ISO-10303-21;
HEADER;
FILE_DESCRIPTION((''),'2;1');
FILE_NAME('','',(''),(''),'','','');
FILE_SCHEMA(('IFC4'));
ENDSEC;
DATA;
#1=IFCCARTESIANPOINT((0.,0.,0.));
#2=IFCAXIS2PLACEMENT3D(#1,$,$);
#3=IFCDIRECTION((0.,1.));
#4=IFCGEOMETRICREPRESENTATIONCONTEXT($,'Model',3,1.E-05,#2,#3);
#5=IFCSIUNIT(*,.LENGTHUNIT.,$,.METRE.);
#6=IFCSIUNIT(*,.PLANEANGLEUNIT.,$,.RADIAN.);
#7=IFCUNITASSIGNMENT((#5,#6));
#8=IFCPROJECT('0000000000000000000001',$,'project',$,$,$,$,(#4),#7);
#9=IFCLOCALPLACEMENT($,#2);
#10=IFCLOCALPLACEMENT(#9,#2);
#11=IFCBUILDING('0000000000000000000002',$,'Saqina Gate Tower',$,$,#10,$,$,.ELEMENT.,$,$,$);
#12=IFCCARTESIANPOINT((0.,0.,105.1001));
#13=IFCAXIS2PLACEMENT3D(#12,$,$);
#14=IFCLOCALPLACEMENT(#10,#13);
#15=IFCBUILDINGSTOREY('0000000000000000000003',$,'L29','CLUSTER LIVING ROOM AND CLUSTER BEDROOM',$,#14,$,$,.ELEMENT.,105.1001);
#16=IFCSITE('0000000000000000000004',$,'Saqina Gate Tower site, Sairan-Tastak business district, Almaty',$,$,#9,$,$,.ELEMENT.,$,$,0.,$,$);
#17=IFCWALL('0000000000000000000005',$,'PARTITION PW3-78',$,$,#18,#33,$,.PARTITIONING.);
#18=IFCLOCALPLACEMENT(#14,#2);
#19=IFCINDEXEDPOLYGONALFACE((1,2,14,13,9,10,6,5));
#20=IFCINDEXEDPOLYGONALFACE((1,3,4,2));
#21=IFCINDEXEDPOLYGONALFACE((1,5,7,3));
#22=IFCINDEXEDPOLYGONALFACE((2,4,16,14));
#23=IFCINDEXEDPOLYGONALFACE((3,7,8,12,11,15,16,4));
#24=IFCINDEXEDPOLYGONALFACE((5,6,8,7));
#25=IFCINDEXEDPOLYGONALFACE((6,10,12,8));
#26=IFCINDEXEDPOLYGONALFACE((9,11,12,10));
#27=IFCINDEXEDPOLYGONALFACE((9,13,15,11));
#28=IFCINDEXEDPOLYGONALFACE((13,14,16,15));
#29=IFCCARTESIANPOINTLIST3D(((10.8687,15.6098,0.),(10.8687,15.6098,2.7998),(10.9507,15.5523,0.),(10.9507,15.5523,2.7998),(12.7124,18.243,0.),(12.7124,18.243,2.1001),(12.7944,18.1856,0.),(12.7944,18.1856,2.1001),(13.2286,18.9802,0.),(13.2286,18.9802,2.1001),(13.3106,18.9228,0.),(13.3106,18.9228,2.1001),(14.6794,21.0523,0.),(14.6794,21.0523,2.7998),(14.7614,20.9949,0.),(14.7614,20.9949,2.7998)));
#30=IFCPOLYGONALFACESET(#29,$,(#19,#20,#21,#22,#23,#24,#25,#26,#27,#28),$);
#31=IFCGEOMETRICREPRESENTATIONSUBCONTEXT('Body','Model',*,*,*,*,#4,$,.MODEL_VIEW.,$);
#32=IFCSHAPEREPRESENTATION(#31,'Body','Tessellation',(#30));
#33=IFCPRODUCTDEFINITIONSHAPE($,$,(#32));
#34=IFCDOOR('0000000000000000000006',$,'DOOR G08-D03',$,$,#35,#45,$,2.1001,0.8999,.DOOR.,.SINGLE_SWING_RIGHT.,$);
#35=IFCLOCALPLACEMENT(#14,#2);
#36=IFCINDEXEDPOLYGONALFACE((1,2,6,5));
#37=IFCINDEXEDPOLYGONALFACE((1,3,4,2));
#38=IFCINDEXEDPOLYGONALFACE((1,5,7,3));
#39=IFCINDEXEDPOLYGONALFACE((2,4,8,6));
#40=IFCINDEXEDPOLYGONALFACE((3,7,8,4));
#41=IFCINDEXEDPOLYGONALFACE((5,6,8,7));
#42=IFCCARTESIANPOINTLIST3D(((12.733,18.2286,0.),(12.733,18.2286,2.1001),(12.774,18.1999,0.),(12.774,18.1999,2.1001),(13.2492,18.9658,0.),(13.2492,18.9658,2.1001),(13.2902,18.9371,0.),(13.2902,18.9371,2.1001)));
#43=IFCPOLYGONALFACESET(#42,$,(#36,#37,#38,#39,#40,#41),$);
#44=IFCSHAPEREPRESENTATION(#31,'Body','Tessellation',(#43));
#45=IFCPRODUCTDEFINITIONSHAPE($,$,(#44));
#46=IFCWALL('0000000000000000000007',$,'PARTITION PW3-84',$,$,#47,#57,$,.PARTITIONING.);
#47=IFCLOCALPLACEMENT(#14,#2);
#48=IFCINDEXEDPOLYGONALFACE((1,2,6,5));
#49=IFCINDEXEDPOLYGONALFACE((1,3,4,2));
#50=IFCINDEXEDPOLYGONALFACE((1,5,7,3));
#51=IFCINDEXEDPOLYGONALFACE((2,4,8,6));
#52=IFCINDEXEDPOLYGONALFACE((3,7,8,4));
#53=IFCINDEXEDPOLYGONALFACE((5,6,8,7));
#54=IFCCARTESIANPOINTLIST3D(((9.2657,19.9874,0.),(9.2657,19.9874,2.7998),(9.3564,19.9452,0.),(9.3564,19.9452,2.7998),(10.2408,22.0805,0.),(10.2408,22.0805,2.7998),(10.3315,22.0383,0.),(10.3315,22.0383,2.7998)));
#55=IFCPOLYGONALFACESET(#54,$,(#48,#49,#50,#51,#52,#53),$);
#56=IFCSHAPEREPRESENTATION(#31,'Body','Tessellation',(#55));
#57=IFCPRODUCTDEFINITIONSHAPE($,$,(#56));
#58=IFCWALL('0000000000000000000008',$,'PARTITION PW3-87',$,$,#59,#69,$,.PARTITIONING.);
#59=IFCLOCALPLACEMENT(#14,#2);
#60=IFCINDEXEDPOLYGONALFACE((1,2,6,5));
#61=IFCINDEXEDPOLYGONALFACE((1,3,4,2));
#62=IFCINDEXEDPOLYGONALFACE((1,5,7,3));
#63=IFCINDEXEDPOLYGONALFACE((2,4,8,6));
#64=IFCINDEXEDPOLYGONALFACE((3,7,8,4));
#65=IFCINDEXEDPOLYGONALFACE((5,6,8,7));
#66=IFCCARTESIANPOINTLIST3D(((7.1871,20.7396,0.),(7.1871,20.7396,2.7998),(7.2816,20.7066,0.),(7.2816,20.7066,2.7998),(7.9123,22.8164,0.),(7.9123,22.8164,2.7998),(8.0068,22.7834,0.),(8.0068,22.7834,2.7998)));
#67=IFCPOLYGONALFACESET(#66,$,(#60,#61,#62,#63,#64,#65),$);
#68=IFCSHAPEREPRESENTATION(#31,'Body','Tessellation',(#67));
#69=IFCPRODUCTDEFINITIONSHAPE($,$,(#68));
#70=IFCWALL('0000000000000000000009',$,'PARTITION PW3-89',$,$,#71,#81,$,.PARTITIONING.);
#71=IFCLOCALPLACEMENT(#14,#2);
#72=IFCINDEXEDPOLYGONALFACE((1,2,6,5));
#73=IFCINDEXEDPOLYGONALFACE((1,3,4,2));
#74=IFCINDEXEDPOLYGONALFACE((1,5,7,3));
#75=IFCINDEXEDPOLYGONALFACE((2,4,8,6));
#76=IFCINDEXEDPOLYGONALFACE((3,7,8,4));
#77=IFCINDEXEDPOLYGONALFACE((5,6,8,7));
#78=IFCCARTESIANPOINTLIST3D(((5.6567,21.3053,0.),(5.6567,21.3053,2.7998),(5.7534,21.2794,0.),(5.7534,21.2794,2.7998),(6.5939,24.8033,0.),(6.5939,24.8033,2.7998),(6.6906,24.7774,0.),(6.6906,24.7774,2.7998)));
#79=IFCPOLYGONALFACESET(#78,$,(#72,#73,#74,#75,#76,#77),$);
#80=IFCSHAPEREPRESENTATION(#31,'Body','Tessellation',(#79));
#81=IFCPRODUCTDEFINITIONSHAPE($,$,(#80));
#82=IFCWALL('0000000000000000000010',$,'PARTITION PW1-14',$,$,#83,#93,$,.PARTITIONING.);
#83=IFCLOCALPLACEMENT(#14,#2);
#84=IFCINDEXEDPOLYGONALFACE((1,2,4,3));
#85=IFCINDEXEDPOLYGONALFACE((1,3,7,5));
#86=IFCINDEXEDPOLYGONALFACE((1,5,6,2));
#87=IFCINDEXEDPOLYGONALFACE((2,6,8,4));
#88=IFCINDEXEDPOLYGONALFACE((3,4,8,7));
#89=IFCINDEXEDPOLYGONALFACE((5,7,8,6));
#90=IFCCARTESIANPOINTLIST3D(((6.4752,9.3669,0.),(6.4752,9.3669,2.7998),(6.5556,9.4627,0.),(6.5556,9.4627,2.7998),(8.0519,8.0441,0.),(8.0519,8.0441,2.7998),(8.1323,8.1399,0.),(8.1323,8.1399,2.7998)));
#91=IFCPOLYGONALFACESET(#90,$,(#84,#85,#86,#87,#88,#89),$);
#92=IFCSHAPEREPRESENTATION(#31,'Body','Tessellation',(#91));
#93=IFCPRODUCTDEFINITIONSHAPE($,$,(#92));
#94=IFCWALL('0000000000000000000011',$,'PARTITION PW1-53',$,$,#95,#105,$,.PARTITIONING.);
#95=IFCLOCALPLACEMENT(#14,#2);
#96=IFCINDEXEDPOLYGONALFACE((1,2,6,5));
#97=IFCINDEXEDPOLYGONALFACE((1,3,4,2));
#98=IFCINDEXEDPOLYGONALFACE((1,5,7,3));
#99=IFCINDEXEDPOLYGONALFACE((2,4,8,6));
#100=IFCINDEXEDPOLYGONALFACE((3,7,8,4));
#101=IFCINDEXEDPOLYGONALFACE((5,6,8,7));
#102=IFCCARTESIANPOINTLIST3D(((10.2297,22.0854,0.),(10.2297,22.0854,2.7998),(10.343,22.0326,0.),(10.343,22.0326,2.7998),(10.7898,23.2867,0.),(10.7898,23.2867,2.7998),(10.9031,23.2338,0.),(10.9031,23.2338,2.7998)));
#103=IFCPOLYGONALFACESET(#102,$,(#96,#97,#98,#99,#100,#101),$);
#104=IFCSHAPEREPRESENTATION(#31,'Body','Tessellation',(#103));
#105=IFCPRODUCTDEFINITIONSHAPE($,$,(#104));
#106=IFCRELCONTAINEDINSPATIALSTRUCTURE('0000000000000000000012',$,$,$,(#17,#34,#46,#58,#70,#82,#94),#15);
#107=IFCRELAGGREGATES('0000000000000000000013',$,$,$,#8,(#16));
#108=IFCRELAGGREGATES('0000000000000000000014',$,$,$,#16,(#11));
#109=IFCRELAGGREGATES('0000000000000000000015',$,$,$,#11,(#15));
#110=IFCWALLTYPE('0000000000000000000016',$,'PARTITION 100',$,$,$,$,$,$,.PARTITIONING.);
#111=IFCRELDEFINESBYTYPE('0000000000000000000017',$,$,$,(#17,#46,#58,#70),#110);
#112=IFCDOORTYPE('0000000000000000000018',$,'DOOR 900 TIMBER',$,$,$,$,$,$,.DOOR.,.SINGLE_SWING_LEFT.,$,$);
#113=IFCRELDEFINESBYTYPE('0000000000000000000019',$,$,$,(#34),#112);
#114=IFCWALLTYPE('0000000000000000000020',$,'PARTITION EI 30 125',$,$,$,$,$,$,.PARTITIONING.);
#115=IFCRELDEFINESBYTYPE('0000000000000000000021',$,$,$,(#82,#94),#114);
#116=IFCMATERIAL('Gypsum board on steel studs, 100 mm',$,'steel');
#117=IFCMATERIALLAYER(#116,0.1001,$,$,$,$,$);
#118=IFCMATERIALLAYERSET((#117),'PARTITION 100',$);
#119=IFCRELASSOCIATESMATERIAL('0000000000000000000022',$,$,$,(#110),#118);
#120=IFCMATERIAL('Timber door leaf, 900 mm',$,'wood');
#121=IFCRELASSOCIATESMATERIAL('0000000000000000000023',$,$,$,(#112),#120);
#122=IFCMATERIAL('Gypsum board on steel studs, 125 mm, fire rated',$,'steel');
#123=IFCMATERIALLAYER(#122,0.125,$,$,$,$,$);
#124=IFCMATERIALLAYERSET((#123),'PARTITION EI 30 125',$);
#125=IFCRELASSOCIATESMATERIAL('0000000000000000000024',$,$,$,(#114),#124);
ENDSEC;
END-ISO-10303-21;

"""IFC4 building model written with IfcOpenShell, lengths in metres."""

from ifc_helpers import new_model, si_unit, direction, frame, frame_2d, origin, place, context, subcontext, project, spatial, rectangle, extrude, material, layer, layer_set, type_object, element, fill, save


model = new_model("IFC4")

# Units and contexts
model_context = context("Model", 3, precision=1e-05, world=origin(), true_north=direction((0.0, 1.0)))
body_context = subcontext(model_context, "Body", "Model", "MODEL_VIEW")
ifc_project = project(units=[si_unit("LENGTHUNIT", "METRE"), si_unit("PLANEANGLEUNIT", "RADIAN")], contexts=[model_context])

# Site, building, storey
site_placement = place(None, origin())
site = spatial("IfcSite", under=ifc_project, at=site_placement, Name="Saqina Gate Tower site, Sairan-Tastak business district, Almaty", CompositionType="ELEMENT", RefElevation=0.0)
building_placement = place(site_placement, origin())
building = spatial("IfcBuilding", under=site, at=building_placement, Name="Saqina Gate Tower", CompositionType="ELEMENT")
storey_placement = place(building_placement, frame((0.0, 0.0, 105.1001)))
storey = spatial("IfcBuildingStorey", under=building, at=storey_placement, Name="L29", Description="CLUSTER LIVING ROOM AND CLUSTER BEDROOM", CompositionType="ELEMENT", Elevation=105.1001)

# Shared definitions
ifc_material_1 = material(Name="Gypsum board on steel studs, 100 mm", Category="steel")
ifc_layer_1 = layer(ifc_material_1, 0.1001)
ifc_layer_set_1 = layer_set([ifc_layer_1], Name="PARTITION 100")
wall_type_1 = type_object("IfcWallType", Name="PARTITION 100", PredefinedType="PARTITIONING", material=ifc_layer_set_1)

# Wall, opening, door
wall_1_placement = place(storey_placement, frame((10.9097, 15.5811, 0.0), z_axis=(0.0, 0.0, 1.0), x_axis=(0.573559, 0.819165, 0.0)))
wall_1 = element("IfcWall", 1, at=wall_1_placement, inside=storey, type_object=wall_type_1, Name="PARTITION PW3-78", PredefinedType="PARTITIONING", context=body_context, shape_type="SweptSolid", body=[
    extrude(rectangle(XDim=6.644, YDim=0.1001, at=frame_2d((3.322, 0.0))), origin(), (0.0, 0.0, 1.0), 2.7998),
])
opening_1_placement = place(wall_1_placement, frame((3.2146, 0.0, 0.0)))
opening_1 = element("IfcOpeningElement", 2, at=opening_1_placement, cuts=wall_1, PredefinedType="OPENING", context=body_context, shape_type="SweptSolid", body=[
    extrude(rectangle(XDim=0.8999, YDim=2.1001, at=frame_2d((0.45, 1.05))), frame((0.0, 0.062, 0.0), z_axis=(0.0, -1.0, 0.0), x_axis=(1.0, 0.0, 0.0)), (0.0, 0.0, 1.0), 0.124),
])
ifc_material_2 = material(Name="Timber door leaf, 900 mm", Category="wood")
door_type_1 = type_object("IfcDoorType", Name="DOOR 900 TIMBER", OperationType="SINGLE_SWING_LEFT", PredefinedType="DOOR", material=ifc_material_2)
door_1_placement = place(opening_1_placement, origin())
door_1 = element("IfcDoor", 3, at=door_1_placement, inside=storey, type_object=door_type_1, Name="DOOR G08-D03", OperationType="SINGLE_SWING_RIGHT", OverallHeight=2.1001, OverallWidth=0.8999, PredefinedType="DOOR", context=body_context, shape_type="SweptSolid", body=[
    extrude(rectangle(XDim=0.8999, YDim=2.1001, at=frame_2d((0.45, 1.05))), frame((0.0, 0.0249, 0.0), z_axis=(0.0, -1.0, 0.0), x_axis=(1.0, 0.0, 0.0)), (0.0, 0.0, 1.0), 0.05),
])
fill(opening_1, door_1)

# Walls
wall_2_placement = place(storey_placement, frame((9.311, 19.9663, 0.0), z_axis=(0.0, 0.0, 1.0), x_axis=(0.422301, 0.906456, 0.0)))
element("IfcWall", 4, at=wall_2_placement, inside=storey, type_object=wall_type_1, Name="PARTITION PW3-84", PredefinedType="PARTITIONING", context=body_context, shape_type="SweptSolid", body=[
    extrude(rectangle(XDim=2.3091, YDim=0.1001, at=frame_2d((1.1545, 0.0))), origin(), (0.0, 0.0, 1.0), 2.7998),
])
wall_3_placement = place(storey_placement, frame((7.2344, 20.7231, 0.0), z_axis=(0.0, 0.0, 1.0), x_axis=(0.329648, 0.944104, 0.0)))
element("IfcWall", 5, at=wall_3_placement, inside=storey, type_object=wall_type_1, Name="PARTITION PW3-87", PredefinedType="PARTITIONING", context=body_context, shape_type="SweptSolid", body=[
    extrude(rectangle(XDim=2.1997, YDim=0.1001, at=frame_2d((1.0999, 0.0))), origin(), (0.0, 0.0, 1.0), 2.7998),
])
wall_4_placement = place(storey_placement, frame((5.7051, 21.2925, 0.0), z_axis=(0.0, 0.0, 1.0), x_axis=(0.258808, 0.965929, 0.0)))
element("IfcWall", 6, at=wall_4_placement, inside=storey, type_object=wall_type_1, Name="PARTITION PW3-89", PredefinedType="PARTITIONING", context=body_context, shape_type="SweptSolid", body=[
    extrude(rectangle(XDim=3.6213, YDim=0.1001, at=frame_2d((1.8105, 0.0))), origin(), (0.0, 0.0, 1.0), 2.7998),
])
ifc_material_3 = material(Name="Gypsum board on steel studs, 125 mm, fire rated", Category="steel")
ifc_layer_2 = layer(ifc_material_3, 0.125)
ifc_layer_set_2 = layer_set([ifc_layer_2], Name="PARTITION EI 30 125")
wall_type_2 = type_object("IfcWallType", Name="PARTITION EI 30 125", PredefinedType="PARTITIONING", material=ifc_layer_set_2)
wall_5_placement = place(storey_placement, frame((6.5154, 9.4148, 0.0), z_axis=(0.0, 0.0, 1.0), x_axis=(0.766097, -0.642725, 0.0)))
element("IfcWall", 7, at=wall_5_placement, inside=storey, type_object=wall_type_2, Name="PARTITION PW1-14", PredefinedType="PARTITIONING", context=body_context, shape_type="SweptSolid", body=[
    extrude(rectangle(XDim=2.0581, YDim=0.125, at=frame_2d((1.0291, 0.0))), origin(), (0.0, 0.0, 1.0), 2.7998),
])
wall_6_placement = place(storey_placement, frame((10.2864, 22.0591, 0.0), z_axis=(0.0, 0.0, 1.0), x_axis=(0.422583, 0.906324, 0.0)))
element("IfcWall", 8, at=wall_6_placement, inside=storey, type_object=wall_type_2, Name="PARTITION PW1-53", PredefinedType="PARTITIONING", context=body_context, shape_type="SweptSolid", body=[
    extrude(rectangle(XDim=1.3254, YDim=0.125, at=frame_2d((0.6626, 0.0))), origin(), (0.0, 0.0, 1.0), 2.7998),
])

save(model, "model.ifc")
